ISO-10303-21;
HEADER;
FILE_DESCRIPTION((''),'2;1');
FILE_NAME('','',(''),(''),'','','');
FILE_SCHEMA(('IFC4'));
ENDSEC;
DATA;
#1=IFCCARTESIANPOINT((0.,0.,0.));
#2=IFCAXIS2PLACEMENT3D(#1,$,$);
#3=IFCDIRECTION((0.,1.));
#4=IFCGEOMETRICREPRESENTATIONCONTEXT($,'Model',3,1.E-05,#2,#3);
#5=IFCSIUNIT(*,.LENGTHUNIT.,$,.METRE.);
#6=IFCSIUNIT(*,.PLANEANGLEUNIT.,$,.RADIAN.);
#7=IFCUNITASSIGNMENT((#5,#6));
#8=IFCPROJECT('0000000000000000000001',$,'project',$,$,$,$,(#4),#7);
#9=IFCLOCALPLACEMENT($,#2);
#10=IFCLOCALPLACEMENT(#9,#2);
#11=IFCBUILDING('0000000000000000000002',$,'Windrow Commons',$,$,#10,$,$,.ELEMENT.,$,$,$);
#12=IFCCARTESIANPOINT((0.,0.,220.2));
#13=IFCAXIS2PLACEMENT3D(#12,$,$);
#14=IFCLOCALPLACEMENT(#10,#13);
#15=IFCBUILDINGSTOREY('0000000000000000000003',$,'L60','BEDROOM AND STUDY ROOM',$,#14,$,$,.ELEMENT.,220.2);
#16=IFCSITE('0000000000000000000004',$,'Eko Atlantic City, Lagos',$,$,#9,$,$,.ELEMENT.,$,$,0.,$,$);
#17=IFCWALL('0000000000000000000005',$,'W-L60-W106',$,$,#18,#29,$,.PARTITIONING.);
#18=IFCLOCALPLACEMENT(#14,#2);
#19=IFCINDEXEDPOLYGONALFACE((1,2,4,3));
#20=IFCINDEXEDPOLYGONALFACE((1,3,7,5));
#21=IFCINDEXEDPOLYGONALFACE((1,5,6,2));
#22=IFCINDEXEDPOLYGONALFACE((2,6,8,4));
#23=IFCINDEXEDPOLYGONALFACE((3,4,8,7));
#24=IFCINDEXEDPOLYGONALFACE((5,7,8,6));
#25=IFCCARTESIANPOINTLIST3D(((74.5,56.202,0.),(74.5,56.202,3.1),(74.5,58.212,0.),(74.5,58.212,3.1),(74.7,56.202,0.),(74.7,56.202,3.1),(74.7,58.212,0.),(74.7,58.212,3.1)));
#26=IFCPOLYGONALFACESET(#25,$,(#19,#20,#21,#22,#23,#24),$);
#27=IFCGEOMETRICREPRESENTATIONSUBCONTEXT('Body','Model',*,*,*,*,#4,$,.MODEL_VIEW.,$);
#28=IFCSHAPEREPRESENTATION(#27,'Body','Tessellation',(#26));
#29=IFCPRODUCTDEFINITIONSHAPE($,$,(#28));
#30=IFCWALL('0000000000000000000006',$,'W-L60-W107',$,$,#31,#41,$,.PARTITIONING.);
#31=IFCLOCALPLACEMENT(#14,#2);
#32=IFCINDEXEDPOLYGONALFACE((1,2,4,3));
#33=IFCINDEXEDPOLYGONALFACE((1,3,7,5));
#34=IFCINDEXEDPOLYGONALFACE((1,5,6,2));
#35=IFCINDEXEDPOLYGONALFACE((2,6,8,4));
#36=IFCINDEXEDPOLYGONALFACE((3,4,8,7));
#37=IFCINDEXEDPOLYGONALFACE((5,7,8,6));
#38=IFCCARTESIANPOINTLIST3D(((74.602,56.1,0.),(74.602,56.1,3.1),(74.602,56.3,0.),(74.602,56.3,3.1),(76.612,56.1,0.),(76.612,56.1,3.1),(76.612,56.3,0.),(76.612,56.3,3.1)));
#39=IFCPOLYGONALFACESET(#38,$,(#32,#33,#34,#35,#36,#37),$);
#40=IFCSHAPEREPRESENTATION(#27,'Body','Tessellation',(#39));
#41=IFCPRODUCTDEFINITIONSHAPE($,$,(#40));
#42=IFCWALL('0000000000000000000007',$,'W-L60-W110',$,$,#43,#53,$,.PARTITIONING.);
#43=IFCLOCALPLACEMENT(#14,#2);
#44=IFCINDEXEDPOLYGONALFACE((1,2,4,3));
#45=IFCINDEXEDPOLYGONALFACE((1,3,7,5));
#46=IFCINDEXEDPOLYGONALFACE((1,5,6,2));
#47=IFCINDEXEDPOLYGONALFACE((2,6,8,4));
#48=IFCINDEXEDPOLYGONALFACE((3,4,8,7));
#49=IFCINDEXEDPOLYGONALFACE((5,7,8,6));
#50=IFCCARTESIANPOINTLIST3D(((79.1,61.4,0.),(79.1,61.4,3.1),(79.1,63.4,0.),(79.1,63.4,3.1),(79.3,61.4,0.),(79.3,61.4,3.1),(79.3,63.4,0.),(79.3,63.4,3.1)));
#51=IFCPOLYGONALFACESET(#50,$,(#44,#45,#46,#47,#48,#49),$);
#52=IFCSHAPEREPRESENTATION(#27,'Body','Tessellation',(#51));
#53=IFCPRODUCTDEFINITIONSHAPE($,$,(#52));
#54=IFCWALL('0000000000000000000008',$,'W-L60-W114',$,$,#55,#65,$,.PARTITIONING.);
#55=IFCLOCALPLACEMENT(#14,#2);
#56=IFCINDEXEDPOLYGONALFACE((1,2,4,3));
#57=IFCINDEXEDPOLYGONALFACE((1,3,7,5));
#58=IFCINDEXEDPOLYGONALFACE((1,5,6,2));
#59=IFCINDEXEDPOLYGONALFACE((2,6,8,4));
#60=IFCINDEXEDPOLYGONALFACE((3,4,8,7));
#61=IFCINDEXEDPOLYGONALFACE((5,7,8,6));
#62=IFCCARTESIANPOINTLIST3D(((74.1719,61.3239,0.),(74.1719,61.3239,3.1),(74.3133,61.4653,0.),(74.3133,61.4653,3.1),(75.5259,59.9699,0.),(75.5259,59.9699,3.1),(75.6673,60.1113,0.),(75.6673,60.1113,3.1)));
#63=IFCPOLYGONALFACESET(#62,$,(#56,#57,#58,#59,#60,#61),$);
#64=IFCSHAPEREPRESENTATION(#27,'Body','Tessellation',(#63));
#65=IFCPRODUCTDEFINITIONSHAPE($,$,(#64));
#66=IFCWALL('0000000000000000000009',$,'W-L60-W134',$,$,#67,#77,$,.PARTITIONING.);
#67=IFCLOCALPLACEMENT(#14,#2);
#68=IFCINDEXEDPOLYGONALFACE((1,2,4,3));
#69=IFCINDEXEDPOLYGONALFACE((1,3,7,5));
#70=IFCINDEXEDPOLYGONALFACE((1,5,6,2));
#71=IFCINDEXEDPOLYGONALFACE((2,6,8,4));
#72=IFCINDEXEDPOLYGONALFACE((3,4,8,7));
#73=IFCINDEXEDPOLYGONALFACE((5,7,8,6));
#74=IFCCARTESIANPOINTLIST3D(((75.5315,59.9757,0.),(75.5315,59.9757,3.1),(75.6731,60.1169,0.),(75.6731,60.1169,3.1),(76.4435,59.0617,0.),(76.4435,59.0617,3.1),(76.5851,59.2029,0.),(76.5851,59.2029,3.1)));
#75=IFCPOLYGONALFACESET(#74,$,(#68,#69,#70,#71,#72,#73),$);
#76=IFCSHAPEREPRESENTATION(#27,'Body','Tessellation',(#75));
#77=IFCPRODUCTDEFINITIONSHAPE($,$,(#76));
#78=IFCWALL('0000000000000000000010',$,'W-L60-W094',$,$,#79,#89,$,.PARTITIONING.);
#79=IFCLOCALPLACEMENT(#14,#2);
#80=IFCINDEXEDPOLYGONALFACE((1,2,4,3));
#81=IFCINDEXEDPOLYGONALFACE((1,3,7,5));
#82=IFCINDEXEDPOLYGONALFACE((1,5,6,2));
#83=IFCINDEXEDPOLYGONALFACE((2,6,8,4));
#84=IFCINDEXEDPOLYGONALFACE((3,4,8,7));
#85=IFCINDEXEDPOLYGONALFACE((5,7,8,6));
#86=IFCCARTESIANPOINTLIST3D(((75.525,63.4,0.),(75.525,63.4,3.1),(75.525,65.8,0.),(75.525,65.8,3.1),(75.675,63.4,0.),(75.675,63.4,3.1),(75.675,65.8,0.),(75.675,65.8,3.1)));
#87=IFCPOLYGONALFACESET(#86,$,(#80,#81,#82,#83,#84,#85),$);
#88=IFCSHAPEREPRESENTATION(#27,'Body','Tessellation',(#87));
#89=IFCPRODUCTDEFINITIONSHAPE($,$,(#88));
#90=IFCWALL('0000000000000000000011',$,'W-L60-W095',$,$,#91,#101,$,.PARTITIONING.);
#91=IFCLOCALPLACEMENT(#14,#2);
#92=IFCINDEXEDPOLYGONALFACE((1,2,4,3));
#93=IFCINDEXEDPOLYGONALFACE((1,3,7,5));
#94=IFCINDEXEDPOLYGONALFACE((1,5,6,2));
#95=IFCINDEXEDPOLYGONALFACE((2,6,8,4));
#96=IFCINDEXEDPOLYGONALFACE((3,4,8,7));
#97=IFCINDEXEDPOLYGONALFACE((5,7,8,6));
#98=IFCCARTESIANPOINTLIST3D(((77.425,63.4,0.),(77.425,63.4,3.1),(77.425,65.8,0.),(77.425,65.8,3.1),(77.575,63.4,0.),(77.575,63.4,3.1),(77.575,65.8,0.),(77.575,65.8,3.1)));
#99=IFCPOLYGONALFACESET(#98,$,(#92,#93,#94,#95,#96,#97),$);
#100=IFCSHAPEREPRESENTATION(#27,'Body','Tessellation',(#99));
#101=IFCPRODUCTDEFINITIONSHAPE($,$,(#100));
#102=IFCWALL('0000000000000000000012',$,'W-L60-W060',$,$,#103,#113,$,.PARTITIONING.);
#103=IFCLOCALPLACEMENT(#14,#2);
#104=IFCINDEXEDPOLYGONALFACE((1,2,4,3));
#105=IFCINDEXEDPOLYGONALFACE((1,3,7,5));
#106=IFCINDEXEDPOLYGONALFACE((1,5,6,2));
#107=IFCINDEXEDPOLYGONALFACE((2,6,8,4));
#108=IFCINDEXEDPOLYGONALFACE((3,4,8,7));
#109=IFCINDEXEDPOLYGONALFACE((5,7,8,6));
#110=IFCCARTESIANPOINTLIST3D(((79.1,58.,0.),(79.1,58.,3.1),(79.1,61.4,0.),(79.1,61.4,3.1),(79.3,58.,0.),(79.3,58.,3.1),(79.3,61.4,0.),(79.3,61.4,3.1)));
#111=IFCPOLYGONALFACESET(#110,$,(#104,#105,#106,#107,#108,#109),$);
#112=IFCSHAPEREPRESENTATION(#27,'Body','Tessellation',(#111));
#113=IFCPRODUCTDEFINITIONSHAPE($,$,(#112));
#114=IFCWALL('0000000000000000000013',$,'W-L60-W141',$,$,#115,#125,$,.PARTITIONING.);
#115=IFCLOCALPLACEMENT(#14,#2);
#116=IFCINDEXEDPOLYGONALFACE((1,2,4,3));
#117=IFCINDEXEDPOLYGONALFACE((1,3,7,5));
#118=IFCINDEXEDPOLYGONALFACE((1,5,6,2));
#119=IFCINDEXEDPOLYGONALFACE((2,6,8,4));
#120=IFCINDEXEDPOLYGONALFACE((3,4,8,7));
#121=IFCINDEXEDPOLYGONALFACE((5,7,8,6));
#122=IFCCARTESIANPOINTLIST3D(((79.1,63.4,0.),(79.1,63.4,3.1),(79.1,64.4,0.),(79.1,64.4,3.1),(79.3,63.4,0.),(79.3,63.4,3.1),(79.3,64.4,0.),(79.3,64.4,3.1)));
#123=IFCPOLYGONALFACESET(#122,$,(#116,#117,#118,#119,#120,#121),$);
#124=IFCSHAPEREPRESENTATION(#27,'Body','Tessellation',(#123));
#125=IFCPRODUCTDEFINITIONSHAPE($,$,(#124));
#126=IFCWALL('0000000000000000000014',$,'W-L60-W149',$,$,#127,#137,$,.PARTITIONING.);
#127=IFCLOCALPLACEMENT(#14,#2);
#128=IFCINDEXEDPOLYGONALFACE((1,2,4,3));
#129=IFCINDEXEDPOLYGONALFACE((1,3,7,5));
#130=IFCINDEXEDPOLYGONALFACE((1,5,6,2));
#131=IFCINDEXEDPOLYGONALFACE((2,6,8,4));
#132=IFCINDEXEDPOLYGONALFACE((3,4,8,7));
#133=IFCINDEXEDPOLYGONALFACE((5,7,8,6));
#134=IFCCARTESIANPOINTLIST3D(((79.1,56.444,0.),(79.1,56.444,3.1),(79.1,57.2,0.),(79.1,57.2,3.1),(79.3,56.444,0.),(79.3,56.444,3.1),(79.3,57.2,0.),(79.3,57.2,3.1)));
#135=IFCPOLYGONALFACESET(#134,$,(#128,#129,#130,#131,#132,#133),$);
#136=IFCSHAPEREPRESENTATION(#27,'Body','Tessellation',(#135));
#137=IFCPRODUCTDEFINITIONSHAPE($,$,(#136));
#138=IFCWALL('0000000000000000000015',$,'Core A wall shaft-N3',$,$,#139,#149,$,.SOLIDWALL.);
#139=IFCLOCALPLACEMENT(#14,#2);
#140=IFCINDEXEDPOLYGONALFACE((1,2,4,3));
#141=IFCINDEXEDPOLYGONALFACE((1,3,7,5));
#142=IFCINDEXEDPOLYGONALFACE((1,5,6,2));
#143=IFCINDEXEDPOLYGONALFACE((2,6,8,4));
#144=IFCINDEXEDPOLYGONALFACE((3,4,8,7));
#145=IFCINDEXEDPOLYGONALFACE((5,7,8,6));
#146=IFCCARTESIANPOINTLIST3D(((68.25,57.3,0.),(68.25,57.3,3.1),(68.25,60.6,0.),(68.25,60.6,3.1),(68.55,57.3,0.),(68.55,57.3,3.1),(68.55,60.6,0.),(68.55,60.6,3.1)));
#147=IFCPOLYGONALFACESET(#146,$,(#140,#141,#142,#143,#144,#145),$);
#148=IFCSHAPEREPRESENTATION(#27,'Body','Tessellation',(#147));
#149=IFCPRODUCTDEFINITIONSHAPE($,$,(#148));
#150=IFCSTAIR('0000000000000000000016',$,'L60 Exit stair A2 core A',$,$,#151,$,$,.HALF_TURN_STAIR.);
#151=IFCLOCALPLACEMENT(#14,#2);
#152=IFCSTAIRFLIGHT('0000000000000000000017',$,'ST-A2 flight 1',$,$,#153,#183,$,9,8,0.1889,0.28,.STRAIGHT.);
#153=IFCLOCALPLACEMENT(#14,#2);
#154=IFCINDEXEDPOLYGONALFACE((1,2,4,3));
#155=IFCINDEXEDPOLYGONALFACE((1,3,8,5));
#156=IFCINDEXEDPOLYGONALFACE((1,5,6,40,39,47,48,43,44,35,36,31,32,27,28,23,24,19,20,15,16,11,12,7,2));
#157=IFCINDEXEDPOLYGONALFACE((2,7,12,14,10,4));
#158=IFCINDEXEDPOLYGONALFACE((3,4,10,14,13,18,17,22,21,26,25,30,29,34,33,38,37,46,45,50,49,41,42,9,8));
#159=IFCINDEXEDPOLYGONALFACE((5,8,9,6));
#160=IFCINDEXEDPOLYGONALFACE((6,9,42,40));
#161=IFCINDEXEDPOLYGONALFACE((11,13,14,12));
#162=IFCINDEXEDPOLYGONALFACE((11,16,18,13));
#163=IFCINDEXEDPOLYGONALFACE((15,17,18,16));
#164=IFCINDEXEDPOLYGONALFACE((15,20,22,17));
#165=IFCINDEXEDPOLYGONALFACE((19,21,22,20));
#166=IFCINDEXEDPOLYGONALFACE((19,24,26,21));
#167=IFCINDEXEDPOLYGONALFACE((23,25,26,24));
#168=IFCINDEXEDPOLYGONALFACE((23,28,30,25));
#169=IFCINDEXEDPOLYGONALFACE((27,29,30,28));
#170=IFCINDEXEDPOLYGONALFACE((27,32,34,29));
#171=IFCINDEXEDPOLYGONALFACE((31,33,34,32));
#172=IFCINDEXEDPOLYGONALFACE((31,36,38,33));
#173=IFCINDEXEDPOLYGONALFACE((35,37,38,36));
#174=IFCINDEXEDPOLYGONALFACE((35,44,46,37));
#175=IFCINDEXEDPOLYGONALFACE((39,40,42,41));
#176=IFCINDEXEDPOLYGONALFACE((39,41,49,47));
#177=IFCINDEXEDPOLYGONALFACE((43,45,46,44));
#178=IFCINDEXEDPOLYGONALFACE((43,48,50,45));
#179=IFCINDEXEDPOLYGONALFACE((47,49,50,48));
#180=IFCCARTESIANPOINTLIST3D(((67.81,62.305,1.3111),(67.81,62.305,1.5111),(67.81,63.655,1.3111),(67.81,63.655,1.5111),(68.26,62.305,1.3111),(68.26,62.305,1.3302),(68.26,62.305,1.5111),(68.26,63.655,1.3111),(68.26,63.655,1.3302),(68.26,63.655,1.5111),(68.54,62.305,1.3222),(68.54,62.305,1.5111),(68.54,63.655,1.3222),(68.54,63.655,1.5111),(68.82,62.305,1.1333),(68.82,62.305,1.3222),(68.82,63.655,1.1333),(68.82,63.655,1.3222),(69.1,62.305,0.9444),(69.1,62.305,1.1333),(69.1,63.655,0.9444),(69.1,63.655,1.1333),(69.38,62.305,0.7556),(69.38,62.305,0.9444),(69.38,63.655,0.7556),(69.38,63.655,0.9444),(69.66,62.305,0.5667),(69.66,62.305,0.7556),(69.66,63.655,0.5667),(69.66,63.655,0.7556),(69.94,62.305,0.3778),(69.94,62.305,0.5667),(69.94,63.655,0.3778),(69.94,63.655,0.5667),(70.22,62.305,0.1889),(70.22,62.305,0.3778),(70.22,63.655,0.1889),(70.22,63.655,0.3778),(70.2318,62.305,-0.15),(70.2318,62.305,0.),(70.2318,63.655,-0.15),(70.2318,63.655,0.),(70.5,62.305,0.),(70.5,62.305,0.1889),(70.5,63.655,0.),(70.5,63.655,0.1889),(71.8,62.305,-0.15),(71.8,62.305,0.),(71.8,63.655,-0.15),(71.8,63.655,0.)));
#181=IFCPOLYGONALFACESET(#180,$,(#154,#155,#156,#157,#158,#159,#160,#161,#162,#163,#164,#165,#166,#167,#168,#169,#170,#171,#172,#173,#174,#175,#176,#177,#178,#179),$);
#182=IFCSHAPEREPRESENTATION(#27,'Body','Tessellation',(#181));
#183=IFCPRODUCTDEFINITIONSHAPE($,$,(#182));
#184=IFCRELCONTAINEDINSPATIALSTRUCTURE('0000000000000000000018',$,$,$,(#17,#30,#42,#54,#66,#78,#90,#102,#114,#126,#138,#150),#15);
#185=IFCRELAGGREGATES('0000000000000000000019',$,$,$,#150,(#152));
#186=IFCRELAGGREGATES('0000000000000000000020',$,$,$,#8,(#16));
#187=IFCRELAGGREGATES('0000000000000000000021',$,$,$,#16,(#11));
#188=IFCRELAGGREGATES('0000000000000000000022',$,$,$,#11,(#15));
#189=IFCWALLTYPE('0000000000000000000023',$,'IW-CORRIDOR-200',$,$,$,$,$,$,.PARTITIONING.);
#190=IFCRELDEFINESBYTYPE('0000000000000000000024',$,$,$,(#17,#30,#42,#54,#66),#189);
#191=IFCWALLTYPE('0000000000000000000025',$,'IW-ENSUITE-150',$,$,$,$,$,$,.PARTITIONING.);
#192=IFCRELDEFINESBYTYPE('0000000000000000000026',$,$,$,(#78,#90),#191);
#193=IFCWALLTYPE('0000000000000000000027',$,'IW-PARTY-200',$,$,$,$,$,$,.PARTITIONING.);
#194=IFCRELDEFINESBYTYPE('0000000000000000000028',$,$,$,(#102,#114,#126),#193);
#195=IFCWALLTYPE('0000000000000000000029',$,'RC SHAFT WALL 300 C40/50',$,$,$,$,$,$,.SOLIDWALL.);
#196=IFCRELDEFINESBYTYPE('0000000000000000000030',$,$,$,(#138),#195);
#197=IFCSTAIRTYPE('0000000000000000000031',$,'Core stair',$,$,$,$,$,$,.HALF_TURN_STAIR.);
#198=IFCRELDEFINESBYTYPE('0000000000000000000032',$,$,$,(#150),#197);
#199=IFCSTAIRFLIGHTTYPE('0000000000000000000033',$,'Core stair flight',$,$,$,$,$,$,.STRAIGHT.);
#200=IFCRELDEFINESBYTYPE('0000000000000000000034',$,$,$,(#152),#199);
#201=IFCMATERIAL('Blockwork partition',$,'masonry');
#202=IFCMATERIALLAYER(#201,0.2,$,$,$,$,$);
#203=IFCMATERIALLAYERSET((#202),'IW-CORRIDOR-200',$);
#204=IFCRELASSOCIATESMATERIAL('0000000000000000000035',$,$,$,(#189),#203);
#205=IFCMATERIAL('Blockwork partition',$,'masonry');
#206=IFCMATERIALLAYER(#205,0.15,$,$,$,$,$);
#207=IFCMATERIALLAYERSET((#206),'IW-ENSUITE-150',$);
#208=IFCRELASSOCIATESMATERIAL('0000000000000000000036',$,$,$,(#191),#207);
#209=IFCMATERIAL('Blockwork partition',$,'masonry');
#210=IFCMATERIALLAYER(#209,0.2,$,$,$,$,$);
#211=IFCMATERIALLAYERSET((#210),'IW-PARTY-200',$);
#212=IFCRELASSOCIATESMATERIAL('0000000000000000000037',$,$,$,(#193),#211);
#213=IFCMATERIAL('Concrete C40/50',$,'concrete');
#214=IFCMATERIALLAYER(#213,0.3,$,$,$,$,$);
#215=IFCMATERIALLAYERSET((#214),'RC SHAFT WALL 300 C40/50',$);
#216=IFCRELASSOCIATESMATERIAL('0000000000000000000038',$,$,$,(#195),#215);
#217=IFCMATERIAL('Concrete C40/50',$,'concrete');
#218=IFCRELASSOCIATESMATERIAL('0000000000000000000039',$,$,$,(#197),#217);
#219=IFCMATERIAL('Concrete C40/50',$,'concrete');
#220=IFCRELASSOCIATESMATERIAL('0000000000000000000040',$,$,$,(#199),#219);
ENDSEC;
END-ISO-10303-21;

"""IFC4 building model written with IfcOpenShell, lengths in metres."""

from ifc_helpers import new_model, si_unit, direction, frame, frame_2d, origin, place, context, subcontext, project, spatial, polyline, rectangle, outline, extrude, material, layer, layer_set, type_object, element, aggregate, save


model = new_model("IFC4")

# Units and contexts
model_context = context("Model", 3, precision=1e-05, world=origin(), true_north=direction((0.0, 1.0)))
body_context = subcontext(model_context, "Body", "Model", "MODEL_VIEW")
ifc_project = project(units=[si_unit("LENGTHUNIT", "METRE"), si_unit("PLANEANGLEUNIT", "RADIAN")], contexts=[model_context])

# Site, building, storey
site_placement = place(None, origin())
site = spatial("IfcSite", under=ifc_project, at=site_placement, Name="Eko Atlantic City, Lagos", CompositionType="ELEMENT", RefElevation=0.0)
building_placement = place(site_placement, origin())
building = spatial("IfcBuilding", under=site, at=building_placement, Name="Windrow Commons", CompositionType="ELEMENT")
storey_placement = place(building_placement, frame((0.0, 0.0, 220.2)))
storey = spatial("IfcBuildingStorey", under=building, at=storey_placement, Name="L60", Description="BEDROOM AND STUDY ROOM", CompositionType="ELEMENT", Elevation=220.2)

# Shared definitions
ifc_material_1 = material(Name="Blockwork partition", Category="masonry")
ifc_layer_1 = layer(ifc_material_1, 0.2)
ifc_layer_set_1 = layer_set([ifc_layer_1], Name="IW-CORRIDOR-200")
wall_type_1 = type_object("IfcWallType", Name="IW-CORRIDOR-200", PredefinedType="PARTITIONING", material=ifc_layer_set_1)

# Walls
for number, where, z_axis, x_axis, name in (
    (1, (74.6, 56.202, 0.0), (0.0, 0.0, 1.0), (0.0, 1.0, 0.0), "W-L60-W106"),
    (2, (74.602, 56.2, 0.0), (0.0, 0.0, 1.0), (1.0, 0.0, 0.0), "W-L60-W107"),
):
    element("IfcWall", number, at=place(storey_placement, frame(where, z_axis=z_axis, x_axis=x_axis)), inside=storey, type_object=wall_type_1, Name=name, PredefinedType="PARTITIONING", context=body_context, shape_type="SweptSolid", body=[
        extrude(rectangle(XDim=2.01, YDim=0.2, at=frame_2d((1.005, 0.0))), origin(), (0.0, 0.0, 1.0), 3.1),
    ])
wall_1_placement = place(storey_placement, frame((79.2, 61.4, 0.0), z_axis=(0.0, 0.0, 1.0), x_axis=(0.0, 1.0, 0.0)))
element("IfcWall", 3, at=wall_1_placement, inside=storey, type_object=wall_type_1, Name="W-L60-W110", PredefinedType="PARTITIONING", context=body_context, shape_type="SweptSolid", body=[
    extrude(rectangle(XDim=2.0, YDim=0.2, at=frame_2d((1.0, 0.0))), origin(), (0.0, 0.0, 1.0), 3.1),
])
wall_2_placement = place(storey_placement, frame((74.2426, 61.3946, 0.0), z_axis=(0.0, 0.0, 1.0), x_axis=(0.707107, -0.707107, 0.0)))
element("IfcWall", 4, at=wall_2_placement, inside=storey, type_object=wall_type_1, Name="W-L60-W114", PredefinedType="PARTITIONING", context=body_context, shape_type="SweptSolid", body=[
    extrude(rectangle(XDim=1.9148, YDim=0.2, at=frame_2d((0.9574, 0.0))), origin(), (0.0, 0.0, 1.0), 3.1),
])
wall_3_placement = place(storey_placement, frame((75.6023, 60.0463, 0.0), z_axis=(0.0, 0.0, 1.0), x_axis=(0.706332, -0.707881, 0.0)))
element("IfcWall", 5, at=wall_3_placement, inside=storey, type_object=wall_type_1, Name="W-L60-W134", PredefinedType="PARTITIONING", context=body_context, shape_type="SweptSolid", body=[
    extrude(rectangle(XDim=1.2912, YDim=0.2, at=frame_2d((0.6456, 0.0))), origin(), (0.0, 0.0, 1.0), 3.1),
])
ifc_material_2 = material(Name="Blockwork partition", Category="masonry")
ifc_layer_2 = layer(ifc_material_2, 0.15)
ifc_layer_set_2 = layer_set([ifc_layer_2], Name="IW-ENSUITE-150")
wall_type_2 = type_object("IfcWallType", Name="IW-ENSUITE-150", PredefinedType="PARTITIONING", material=ifc_layer_set_2)
for number, where, z_axis, x_axis, name in (
    (6, (75.6, 63.4, 0.0), (0.0, 0.0, 1.0), (0.0, 1.0, 0.0), "W-L60-W094"),
    (7, (77.5, 63.4, 0.0), (0.0, 0.0, 1.0), (0.0, 1.0, 0.0), "W-L60-W095"),
):
    element("IfcWall", number, at=place(storey_placement, frame(where, z_axis=z_axis, x_axis=x_axis)), inside=storey, type_object=wall_type_2, Name=name, PredefinedType="PARTITIONING", context=body_context, shape_type="SweptSolid", body=[
        extrude(rectangle(XDim=2.4, YDim=0.15, at=frame_2d((1.2, 0.0))), origin(), (0.0, 0.0, 1.0), 3.1),
    ])
ifc_material_3 = material(Name="Blockwork partition", Category="masonry")
ifc_layer_3 = layer(ifc_material_3, 0.2)
ifc_layer_set_3 = layer_set([ifc_layer_3], Name="IW-PARTY-200")
wall_type_3 = type_object("IfcWallType", Name="IW-PARTY-200", PredefinedType="PARTITIONING", material=ifc_layer_set_3)
wall_4_placement = place(storey_placement, frame((79.2, 58.0, 0.0), z_axis=(0.0, 0.0, 1.0), x_axis=(0.0, 1.0, 0.0)))
element("IfcWall", 8, at=wall_4_placement, inside=storey, type_object=wall_type_3, Name="W-L60-W060", PredefinedType="PARTITIONING", context=body_context, shape_type="SweptSolid", body=[
    extrude(rectangle(XDim=3.4, YDim=0.2, at=frame_2d((1.7, 0.0))), origin(), (0.0, 0.0, 1.0), 3.1),
])
wall_5_placement = place(storey_placement, frame((79.2, 63.4, 0.0), z_axis=(0.0, 0.0, 1.0), x_axis=(0.0, 1.0, 0.0)))
element("IfcWall", 9, at=wall_5_placement, inside=storey, type_object=wall_type_3, Name="W-L60-W141", PredefinedType="PARTITIONING", context=body_context, shape_type="SweptSolid", body=[
    extrude(rectangle(XDim=1.0, YDim=0.2, at=frame_2d((0.5, 0.0))), origin(), (0.0, 0.0, 1.0), 3.1),
])
wall_6_placement = place(storey_placement, frame((79.2, 56.444, 0.0), z_axis=(0.0, 0.0, 1.0), x_axis=(0.0, 1.0, 0.0)))
element("IfcWall", 10, at=wall_6_placement, inside=storey, type_object=wall_type_3, Name="W-L60-W149", PredefinedType="PARTITIONING", context=body_context, shape_type="SweptSolid", body=[
    extrude(rectangle(XDim=0.756, YDim=0.2, at=frame_2d((0.378, 0.0))), origin(), (0.0, 0.0, 1.0), 3.1),
])
ifc_material_4 = material(Name="Concrete C40/50", Category="concrete")
ifc_layer_4 = layer(ifc_material_4, 0.3)
ifc_layer_set_4 = layer_set([ifc_layer_4], Name="RC SHAFT WALL 300 C40/50")
wall_type_4 = type_object("IfcWallType", Name="RC SHAFT WALL 300 C40/50", PredefinedType="SOLIDWALL", material=ifc_layer_set_4)
wall_7_placement = place(storey_placement, frame((68.4, 57.3, 0.0), z_axis=(0.0, 0.0, 1.0), x_axis=(0.0, 1.0, 0.0)))
element("IfcWall", 11, at=wall_7_placement, inside=storey, type_object=wall_type_4, Name="Core A wall shaft-N3", PredefinedType="SOLIDWALL", context=body_context, shape_type="SweptSolid", body=[
    extrude(rectangle(XDim=3.3, YDim=0.3, at=frame_2d((1.65, 0.0))), origin(), (0.0, 0.0, 1.0), 3.1),
])

# Stair, stair flight
ifc_material_5 = material(Name="Concrete C40/50", Category="concrete")
stair_type = type_object("IfcStairType", Name="Core stair", PredefinedType="HALF_TURN_STAIR", material=ifc_material_5)
stair_placement = place(storey_placement, origin())
stair = element("IfcStair", 12, at=stair_placement, inside=storey, type_object=stair_type, Name="L60 Exit stair A2 core A", PredefinedType="HALF_TURN_STAIR")
ifc_material_6 = material(Name="Concrete C40/50", Category="concrete")
stair_flight_type = type_object("IfcStairFlightType", Name="Core stair flight", PredefinedType="STRAIGHT", material=ifc_material_6)
stair_flight_1_placement = place(storey_placement, frame((70.5, 62.98, 0.0), z_axis=(0.0, 0.0, 1.0), x_axis=(-1.0, 0.0, 0.0)))
stair_flight_1 = element("IfcStairFlight", 13, at=stair_flight_1_placement, type_object=stair_flight_type, Name="ST-A2 flight 1", NumberOfRisers=9, NumberOfTreads=8, PredefinedType="STRAIGHT", RiserHeight=0.1889, TreadLength=0.28, context=body_context, shape_type="SweptSolid", body=[
    extrude(outline(polyline([(-1.3, -0.15), (-1.3, 0.0), (0.0, 0.0), (0.0, 0.1889), (0.28, 0.1889), (0.28, 0.3778), (0.56, 0.3778), (0.56, 0.5667), (0.84, 0.5667), (0.84, 0.7556), (1.12, 0.7556), (1.12, 0.9444), (1.4, 0.9444), (1.4, 1.1333), (1.68, 1.1333), (1.68, 1.3222), (1.96, 1.3222), (1.96, 1.5111), (2.24, 1.5111), (2.69, 1.5111), (2.69, 1.3111), (2.24, 1.3111), (2.24, 1.3302), (0.2682, 0.0), (0.2682, -0.15), (-1.3, -0.15)])), frame((0.0, 0.675, 0.0), z_axis=(0.0, -1.0, 0.0), x_axis=(1.0, 0.0, 0.0)), (0.0, 0.0, 1.0), 1.35),
])
aggregate(stair, [stair_flight_1])

save(model, "model.ifc")
